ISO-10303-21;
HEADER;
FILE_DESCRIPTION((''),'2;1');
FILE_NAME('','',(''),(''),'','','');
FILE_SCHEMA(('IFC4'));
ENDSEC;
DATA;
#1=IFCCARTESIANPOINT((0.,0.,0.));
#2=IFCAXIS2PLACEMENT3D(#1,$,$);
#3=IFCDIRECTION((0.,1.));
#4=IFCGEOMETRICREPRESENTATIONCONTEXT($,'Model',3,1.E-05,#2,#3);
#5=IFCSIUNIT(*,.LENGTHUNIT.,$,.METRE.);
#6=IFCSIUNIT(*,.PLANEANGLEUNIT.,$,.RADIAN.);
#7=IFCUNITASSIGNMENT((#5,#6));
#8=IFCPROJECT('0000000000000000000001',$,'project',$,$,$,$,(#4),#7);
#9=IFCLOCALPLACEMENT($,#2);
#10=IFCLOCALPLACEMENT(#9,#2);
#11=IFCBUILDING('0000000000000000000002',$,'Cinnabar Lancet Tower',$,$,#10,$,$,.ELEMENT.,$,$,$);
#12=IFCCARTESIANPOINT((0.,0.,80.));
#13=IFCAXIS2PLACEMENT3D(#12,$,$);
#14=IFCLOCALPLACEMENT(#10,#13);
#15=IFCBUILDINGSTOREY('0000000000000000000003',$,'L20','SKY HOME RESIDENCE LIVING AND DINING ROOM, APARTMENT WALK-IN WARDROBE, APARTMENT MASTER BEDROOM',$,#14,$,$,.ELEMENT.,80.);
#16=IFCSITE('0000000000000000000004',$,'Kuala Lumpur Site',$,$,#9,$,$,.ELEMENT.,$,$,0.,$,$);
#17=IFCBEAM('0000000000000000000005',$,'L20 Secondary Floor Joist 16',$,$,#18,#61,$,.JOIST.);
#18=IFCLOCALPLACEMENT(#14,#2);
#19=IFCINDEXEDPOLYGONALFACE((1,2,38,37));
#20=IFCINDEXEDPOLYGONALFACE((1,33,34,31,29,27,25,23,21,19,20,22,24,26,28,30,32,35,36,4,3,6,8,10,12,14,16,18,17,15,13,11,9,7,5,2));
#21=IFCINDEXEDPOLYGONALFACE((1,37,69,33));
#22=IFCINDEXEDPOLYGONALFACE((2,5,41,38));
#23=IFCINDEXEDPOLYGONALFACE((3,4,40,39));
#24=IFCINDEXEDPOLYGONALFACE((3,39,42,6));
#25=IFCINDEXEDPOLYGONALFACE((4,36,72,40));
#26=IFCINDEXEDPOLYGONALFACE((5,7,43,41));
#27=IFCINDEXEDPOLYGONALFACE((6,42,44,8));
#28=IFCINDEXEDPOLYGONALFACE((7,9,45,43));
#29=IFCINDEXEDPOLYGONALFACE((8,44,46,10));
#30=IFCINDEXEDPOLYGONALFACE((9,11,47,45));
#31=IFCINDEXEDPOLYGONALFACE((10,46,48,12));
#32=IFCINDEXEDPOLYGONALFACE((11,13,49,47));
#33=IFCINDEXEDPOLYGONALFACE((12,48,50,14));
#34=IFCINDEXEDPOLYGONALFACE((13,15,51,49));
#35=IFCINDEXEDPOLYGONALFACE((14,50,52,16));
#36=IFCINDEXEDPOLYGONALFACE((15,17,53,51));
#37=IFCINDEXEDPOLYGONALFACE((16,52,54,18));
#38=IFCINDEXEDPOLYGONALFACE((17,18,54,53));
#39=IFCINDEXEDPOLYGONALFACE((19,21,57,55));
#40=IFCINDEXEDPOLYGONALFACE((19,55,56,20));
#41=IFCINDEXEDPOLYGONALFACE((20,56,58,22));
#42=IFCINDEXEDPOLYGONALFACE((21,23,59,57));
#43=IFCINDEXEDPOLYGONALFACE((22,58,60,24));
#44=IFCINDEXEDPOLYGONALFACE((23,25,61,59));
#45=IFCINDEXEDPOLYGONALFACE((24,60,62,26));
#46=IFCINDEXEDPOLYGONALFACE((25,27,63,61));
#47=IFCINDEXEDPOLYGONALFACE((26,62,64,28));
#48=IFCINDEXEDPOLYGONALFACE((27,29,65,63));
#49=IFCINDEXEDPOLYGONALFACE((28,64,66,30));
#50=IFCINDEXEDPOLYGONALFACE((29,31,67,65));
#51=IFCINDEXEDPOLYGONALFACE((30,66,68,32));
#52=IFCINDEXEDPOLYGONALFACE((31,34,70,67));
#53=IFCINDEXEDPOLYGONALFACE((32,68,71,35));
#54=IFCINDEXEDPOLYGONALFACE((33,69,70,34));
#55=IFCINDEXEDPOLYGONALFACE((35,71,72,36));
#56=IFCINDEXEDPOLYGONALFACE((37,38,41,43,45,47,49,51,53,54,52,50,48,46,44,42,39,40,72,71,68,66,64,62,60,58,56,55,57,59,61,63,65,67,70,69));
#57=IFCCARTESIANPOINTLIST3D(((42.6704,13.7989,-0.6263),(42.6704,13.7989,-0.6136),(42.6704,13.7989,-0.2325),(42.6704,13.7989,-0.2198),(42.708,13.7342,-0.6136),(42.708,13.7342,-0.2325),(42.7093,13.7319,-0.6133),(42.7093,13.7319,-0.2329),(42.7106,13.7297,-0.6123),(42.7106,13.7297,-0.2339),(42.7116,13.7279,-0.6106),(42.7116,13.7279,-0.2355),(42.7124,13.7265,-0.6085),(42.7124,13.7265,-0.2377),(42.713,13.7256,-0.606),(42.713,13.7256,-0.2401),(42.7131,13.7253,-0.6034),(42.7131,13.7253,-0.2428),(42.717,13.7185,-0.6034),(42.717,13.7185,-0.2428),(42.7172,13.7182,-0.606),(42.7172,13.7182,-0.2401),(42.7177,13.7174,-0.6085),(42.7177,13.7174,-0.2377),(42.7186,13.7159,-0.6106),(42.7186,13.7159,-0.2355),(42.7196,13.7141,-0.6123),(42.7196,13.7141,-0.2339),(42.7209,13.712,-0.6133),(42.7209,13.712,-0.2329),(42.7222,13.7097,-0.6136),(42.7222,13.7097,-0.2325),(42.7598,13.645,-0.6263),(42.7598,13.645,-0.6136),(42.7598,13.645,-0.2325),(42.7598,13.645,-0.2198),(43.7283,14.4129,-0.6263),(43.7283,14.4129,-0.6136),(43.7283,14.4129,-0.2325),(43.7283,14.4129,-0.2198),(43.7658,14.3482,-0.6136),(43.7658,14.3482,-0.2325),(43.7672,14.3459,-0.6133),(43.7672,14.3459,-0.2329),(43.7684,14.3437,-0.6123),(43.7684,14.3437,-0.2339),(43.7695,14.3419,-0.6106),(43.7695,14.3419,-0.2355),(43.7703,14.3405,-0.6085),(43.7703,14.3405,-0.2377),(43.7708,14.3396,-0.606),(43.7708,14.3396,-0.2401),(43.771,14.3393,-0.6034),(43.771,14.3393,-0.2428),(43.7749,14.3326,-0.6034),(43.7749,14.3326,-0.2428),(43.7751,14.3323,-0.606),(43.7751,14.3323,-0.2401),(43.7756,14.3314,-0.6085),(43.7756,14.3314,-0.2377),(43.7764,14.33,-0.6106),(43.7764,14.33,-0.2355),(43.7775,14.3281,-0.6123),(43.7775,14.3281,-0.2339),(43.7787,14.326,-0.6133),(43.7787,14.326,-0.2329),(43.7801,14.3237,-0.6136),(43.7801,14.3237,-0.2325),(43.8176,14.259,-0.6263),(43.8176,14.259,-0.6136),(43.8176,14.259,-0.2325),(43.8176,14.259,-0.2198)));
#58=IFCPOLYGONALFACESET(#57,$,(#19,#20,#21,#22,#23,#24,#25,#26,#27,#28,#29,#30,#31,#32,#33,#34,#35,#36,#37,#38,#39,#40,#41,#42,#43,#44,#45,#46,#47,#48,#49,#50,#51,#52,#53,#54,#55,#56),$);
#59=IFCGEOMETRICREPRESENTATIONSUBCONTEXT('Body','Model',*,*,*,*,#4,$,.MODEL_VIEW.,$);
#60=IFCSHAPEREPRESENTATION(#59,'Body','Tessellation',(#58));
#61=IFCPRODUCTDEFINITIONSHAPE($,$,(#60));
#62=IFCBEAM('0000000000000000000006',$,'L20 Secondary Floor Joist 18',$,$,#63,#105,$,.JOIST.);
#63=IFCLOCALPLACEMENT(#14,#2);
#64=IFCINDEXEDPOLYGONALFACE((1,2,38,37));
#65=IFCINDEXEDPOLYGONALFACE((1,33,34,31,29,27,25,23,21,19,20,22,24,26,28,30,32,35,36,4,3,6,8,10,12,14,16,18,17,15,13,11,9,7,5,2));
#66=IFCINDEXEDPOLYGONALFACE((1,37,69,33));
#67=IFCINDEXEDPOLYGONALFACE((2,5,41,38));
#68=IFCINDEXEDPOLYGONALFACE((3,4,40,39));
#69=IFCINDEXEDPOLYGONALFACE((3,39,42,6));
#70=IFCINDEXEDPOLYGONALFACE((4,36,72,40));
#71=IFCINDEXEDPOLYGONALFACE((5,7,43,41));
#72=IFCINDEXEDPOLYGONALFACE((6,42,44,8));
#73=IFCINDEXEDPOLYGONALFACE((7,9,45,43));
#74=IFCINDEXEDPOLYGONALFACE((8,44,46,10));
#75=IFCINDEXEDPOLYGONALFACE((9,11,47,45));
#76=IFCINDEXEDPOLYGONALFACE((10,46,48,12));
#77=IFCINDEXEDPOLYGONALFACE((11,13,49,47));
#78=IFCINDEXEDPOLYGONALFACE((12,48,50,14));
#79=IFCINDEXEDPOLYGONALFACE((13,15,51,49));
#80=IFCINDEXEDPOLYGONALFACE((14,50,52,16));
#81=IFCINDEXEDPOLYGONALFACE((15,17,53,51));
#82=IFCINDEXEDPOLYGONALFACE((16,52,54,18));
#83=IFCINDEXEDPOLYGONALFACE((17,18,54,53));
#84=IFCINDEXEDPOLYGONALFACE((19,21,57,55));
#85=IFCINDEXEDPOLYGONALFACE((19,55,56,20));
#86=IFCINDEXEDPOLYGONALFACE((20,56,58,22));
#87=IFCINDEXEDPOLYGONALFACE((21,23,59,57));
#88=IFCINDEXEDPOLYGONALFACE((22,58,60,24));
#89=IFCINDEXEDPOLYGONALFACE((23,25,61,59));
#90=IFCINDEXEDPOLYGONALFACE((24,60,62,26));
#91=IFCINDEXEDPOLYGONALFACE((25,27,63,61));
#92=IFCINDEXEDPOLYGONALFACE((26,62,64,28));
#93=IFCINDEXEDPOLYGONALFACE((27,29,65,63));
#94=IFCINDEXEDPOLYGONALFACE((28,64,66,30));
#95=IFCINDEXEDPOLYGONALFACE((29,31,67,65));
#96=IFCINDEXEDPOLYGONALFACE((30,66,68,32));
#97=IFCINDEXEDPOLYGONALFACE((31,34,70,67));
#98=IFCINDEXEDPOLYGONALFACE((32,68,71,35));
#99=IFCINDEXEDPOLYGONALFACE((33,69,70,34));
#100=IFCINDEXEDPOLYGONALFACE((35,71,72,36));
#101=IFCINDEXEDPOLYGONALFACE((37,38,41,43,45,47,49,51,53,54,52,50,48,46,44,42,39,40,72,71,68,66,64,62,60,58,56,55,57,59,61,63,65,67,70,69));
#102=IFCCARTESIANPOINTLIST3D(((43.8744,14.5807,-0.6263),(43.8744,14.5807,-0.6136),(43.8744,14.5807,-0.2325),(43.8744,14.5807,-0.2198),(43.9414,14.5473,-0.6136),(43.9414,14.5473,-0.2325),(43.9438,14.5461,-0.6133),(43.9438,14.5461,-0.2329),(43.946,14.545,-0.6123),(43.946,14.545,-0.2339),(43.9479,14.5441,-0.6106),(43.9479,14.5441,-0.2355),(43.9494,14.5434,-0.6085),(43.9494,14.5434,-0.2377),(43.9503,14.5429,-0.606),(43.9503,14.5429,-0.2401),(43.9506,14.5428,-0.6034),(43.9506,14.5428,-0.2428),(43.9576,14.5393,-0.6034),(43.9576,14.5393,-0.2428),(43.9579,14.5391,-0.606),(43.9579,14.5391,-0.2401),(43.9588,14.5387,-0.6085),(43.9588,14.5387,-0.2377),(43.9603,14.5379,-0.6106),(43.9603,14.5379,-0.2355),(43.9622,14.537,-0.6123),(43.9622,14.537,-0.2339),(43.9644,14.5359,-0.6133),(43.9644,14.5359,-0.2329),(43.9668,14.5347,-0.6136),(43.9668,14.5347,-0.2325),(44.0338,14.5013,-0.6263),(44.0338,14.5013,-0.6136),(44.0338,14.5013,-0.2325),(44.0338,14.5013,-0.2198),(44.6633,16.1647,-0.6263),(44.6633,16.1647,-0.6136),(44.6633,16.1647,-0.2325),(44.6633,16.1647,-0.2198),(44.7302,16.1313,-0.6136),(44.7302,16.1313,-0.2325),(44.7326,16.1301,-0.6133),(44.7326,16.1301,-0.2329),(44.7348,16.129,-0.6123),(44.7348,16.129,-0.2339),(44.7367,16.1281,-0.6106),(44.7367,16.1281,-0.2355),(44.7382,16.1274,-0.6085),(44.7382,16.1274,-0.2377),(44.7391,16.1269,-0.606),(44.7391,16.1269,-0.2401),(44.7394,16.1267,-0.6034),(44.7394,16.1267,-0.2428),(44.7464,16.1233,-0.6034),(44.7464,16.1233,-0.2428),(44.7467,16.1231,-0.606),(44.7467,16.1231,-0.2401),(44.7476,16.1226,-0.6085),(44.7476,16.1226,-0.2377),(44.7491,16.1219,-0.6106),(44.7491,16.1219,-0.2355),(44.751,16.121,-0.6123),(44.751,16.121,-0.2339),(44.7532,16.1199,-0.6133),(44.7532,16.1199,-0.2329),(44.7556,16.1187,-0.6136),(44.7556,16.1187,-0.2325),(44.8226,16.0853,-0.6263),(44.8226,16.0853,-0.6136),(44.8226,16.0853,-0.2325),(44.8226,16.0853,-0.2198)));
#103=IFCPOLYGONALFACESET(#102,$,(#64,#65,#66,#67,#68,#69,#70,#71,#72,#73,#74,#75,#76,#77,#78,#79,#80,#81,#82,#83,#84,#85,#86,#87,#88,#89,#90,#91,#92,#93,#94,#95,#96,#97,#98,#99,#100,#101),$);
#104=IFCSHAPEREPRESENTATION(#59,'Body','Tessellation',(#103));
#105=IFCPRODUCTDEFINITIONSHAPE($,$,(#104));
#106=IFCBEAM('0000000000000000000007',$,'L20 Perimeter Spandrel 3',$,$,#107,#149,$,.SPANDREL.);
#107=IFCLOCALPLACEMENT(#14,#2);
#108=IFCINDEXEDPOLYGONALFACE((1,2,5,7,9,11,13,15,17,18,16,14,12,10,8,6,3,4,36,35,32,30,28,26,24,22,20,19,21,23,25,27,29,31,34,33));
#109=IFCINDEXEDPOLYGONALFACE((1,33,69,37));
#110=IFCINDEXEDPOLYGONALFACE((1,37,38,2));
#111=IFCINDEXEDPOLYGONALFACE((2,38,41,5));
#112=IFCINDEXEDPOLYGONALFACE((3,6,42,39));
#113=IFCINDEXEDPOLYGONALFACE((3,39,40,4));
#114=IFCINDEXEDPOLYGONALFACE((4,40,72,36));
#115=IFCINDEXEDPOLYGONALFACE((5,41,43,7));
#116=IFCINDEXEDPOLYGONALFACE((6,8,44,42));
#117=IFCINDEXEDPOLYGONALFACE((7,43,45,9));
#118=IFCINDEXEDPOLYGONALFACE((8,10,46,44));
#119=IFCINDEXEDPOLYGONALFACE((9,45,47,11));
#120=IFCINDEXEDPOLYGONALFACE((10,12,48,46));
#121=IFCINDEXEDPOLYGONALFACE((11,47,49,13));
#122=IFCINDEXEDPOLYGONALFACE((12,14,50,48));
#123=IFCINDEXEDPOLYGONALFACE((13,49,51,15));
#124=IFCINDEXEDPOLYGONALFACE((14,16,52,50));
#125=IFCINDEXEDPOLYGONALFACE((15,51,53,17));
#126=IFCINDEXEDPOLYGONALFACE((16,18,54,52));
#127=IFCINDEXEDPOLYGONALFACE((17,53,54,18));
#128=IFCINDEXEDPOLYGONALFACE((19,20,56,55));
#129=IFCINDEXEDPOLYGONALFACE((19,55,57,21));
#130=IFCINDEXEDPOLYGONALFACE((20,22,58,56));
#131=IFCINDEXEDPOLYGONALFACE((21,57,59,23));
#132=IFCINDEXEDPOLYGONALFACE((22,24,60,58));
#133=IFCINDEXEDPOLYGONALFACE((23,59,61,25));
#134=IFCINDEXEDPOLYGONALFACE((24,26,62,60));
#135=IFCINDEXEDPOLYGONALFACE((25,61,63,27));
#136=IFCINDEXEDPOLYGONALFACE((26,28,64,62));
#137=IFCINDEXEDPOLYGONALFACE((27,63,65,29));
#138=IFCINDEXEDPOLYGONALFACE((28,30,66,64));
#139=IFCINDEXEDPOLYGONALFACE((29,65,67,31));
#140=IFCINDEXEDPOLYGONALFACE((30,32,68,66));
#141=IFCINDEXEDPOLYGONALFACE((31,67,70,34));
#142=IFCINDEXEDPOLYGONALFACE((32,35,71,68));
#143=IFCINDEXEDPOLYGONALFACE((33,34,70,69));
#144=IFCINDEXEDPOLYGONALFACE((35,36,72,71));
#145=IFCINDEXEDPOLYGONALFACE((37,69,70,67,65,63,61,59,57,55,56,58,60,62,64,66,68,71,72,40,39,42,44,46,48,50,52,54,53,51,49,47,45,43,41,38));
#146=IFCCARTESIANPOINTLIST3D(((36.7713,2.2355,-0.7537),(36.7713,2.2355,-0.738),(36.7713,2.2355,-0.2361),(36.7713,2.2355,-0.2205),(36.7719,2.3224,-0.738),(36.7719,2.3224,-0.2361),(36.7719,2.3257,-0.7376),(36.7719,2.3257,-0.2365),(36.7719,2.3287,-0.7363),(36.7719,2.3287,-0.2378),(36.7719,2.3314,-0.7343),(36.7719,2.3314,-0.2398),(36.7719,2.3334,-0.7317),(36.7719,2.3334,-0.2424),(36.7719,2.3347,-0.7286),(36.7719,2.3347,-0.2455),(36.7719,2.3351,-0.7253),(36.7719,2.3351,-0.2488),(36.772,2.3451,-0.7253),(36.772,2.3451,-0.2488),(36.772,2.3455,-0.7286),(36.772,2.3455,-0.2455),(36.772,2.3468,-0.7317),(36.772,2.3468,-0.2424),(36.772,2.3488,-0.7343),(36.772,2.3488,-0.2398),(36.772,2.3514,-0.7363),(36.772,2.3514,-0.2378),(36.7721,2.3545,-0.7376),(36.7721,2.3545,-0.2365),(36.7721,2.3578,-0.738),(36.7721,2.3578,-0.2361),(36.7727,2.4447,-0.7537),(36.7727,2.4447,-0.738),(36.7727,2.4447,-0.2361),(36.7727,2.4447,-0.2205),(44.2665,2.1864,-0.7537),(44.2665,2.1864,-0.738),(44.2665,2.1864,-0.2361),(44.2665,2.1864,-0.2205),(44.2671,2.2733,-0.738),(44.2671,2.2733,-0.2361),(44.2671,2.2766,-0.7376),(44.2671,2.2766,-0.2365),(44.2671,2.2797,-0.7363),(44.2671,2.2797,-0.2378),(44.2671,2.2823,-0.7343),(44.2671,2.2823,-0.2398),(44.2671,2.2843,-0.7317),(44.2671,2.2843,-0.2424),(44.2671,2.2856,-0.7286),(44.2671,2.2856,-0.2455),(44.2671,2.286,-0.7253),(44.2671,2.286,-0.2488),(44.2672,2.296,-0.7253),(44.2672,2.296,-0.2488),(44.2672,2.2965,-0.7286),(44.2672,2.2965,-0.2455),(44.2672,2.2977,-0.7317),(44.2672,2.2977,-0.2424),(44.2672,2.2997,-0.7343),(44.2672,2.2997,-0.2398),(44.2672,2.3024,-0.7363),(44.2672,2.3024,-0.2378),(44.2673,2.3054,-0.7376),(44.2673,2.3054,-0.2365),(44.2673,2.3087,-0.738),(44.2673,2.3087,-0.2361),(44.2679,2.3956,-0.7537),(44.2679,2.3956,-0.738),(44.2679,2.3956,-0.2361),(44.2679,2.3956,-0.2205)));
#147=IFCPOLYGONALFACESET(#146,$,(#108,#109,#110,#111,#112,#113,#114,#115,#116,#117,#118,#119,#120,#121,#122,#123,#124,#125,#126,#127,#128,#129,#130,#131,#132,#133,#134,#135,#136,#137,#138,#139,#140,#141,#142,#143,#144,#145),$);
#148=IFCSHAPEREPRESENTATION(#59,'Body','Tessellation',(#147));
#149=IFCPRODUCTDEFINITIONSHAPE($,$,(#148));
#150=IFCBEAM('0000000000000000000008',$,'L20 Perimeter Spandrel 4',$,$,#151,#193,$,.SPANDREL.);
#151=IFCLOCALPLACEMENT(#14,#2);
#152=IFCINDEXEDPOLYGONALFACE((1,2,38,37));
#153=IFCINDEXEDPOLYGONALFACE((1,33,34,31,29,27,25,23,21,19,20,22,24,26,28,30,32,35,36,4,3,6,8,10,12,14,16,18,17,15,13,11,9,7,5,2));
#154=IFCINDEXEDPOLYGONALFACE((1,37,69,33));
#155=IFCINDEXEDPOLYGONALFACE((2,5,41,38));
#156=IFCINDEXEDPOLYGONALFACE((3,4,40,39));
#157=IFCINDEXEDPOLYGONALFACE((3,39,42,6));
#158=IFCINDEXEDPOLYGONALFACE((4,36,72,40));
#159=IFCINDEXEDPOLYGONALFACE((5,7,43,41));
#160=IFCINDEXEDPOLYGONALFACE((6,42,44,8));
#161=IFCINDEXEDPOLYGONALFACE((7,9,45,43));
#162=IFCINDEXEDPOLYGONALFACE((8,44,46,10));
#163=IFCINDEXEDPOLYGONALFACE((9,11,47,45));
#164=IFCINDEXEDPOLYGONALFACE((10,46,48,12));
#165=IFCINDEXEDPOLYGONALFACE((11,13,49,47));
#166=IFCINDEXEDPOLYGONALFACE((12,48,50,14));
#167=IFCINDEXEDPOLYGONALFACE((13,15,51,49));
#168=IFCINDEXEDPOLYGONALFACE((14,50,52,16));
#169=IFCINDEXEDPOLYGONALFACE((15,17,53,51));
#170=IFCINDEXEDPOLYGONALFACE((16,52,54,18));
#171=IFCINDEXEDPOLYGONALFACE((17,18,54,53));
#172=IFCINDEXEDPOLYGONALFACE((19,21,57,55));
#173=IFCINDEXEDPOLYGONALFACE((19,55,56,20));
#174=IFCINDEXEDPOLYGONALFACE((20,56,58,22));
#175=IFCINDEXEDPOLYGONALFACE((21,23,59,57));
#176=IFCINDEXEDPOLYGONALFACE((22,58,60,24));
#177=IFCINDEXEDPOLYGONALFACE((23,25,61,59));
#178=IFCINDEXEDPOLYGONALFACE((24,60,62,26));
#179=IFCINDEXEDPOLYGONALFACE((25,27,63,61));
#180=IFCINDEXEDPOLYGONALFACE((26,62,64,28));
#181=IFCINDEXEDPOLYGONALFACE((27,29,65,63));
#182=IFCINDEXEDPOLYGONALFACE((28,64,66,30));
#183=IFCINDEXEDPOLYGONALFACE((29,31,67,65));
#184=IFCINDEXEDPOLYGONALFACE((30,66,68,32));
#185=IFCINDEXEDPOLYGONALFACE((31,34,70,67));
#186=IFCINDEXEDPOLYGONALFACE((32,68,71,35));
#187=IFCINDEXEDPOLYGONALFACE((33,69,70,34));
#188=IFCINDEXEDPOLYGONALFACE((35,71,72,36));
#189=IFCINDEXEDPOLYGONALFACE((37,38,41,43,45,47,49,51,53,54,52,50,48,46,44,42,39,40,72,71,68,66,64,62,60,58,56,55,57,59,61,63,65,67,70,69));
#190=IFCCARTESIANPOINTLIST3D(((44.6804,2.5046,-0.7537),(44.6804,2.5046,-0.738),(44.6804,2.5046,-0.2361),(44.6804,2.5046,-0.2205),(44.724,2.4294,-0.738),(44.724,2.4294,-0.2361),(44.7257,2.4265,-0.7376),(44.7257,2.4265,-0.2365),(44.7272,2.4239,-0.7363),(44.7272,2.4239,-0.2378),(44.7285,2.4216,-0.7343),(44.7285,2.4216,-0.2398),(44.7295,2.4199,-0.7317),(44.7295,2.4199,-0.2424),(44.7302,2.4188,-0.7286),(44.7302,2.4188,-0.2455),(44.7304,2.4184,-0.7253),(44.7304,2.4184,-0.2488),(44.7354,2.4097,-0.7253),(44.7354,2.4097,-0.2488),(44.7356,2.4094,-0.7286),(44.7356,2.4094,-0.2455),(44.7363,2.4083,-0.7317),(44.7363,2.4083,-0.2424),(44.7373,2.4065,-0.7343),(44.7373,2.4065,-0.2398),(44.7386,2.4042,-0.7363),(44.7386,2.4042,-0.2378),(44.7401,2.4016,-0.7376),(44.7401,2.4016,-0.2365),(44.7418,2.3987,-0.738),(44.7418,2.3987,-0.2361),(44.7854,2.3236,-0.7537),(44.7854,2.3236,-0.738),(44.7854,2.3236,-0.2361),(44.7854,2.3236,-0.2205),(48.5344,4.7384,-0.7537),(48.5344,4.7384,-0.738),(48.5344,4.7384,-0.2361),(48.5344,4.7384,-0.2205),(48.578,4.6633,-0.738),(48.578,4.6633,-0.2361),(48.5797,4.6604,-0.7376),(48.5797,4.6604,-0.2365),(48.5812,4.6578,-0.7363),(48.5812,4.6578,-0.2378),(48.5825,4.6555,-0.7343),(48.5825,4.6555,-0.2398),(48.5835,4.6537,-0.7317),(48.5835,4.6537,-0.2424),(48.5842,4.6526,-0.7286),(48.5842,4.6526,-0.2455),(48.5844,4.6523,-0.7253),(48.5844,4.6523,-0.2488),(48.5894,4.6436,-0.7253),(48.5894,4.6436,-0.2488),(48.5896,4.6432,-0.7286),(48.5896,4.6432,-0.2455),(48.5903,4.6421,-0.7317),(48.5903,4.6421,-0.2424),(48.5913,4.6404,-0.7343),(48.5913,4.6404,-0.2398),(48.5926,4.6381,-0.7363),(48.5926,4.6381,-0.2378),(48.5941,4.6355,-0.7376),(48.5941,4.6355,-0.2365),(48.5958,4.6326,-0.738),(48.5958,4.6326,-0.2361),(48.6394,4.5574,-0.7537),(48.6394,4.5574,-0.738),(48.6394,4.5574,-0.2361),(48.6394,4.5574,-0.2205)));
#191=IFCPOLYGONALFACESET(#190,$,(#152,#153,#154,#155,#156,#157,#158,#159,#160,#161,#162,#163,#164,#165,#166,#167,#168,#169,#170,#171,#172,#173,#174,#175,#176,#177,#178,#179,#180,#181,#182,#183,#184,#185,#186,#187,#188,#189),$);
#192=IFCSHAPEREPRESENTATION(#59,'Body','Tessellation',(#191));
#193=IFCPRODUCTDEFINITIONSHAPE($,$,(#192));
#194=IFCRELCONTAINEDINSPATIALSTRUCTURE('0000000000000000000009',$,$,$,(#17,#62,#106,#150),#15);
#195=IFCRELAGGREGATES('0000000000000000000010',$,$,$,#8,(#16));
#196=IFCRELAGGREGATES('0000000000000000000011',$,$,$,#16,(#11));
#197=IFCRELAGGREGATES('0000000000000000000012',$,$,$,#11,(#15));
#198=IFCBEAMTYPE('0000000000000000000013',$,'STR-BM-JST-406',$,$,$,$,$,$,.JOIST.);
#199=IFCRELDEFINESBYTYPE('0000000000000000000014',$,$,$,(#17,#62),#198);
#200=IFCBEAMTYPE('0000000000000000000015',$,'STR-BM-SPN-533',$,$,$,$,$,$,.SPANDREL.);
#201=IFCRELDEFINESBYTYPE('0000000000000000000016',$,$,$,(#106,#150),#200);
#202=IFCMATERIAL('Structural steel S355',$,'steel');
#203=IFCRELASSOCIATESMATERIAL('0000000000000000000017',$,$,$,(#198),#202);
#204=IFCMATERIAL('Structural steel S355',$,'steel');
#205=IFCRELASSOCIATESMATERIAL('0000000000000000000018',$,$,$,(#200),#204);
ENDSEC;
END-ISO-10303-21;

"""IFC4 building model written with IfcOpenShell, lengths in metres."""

from ifc_helpers import new_model, si_unit, direction, frame, origin, origin_2d, place, context, subcontext, project, spatial, i_section, extrude, material, material_profile, profile_set, type_object, element, save


model = new_model("IFC4")

# Units and contexts
model_context = context("Model", 3, precision=1e-05, world=origin(), true_north=direction((0.0, 1.0)))
body_context = subcontext(model_context, "Body", "Model", "MODEL_VIEW")
ifc_project = project(units=[si_unit("LENGTHUNIT", "METRE"), si_unit("PLANEANGLEUNIT", "RADIAN")], contexts=[model_context])

# Site, building, storey
site_placement = place(None, origin())
site = spatial("IfcSite", under=ifc_project, at=site_placement, Name="Kuala Lumpur Site", CompositionType="ELEMENT", RefElevation=0.0)
building_placement = place(site_placement, origin())
building = spatial("IfcBuilding", under=site, at=building_placement, Name="Cinnabar Lancet Tower", CompositionType="ELEMENT")
storey_placement = place(building_placement, frame((0.0, 0.0, 80.0)))
storey = spatial("IfcBuildingStorey", under=building, at=storey_placement, Name="L20", Description="SKY HOME RESIDENCE LIVING AND DINING ROOM, APARTMENT WALK-IN WARDROBE, APARTMENT MASTER BEDROOM", CompositionType="ELEMENT", Elevation=80.0)

# Beams
ifc_material_1 = material(Name="Structural steel S355", Category="steel")
ifc_material_profile_1 = material_profile(ifc_material_1, i_section(OverallWidth=0.178, OverallDepth=0.4065, WebThickness=0.0078, FlangeThickness=0.0127, FilletRadius=0.0103, at=origin_2d()), Name="UKB 406x178x60")
ifc_profile_set_1 = profile_set([ifc_material_profile_1], Name="Structural steel S355")
beam_type_1 = type_object("IfcBeamType", Name="STR-BM-JST-406", PredefinedType="JOIST", material=ifc_profile_set_1)
beam_1_placement = place(storey_placement, frame((42.7151, 13.7219, -0.4231), z_axis=(0.86487, 0.501996, 0.0), x_axis=(-0.501996, 0.86487, 0.0)))
element("IfcBeam", 1, at=beam_1_placement, inside=storey, type_object=beam_type_1, Name="L20 Secondary Floor Joist 16", PredefinedType="JOIST", context=body_context, shape_type="SweptSolid", body=[
    extrude(i_section(OverallWidth=0.178, OverallDepth=0.4065, WebThickness=0.0078, FlangeThickness=0.0127, FilletRadius=0.0103, at=origin_2d()), origin(), (0.0, 0.0, 1.0), 1.2231),
])
beam_2_placement = place(storey_placement, frame((43.9541, 14.541, -0.4231), z_axis=(0.445778, 0.895143, 0.0), x_axis=(-0.895143, 0.445778, 0.0)))
element("IfcBeam", 2, at=beam_2_placement, inside=storey, type_object=beam_type_1, Name="L20 Secondary Floor Joist 18", PredefinedType="JOIST", context=body_context, shape_type="SweptSolid", body=[
    extrude(i_section(OverallWidth=0.178, OverallDepth=0.4065, WebThickness=0.0078, FlangeThickness=0.0127, FilletRadius=0.0103, at=origin_2d()), origin(), (0.0, 0.0, 1.0), 1.7695),
])
ifc_material_2 = material(Name="Structural steel S355", Category="steel")
ifc_material_profile_2 = material_profile(ifc_material_2, i_section(OverallWidth=0.2092, OverallDepth=0.5332, WebThickness=0.01, FlangeThickness=0.0156, FilletRadius=0.0127, at=origin_2d()), Name="UKB 533x210x92")
ifc_profile_set_2 = profile_set([ifc_material_profile_2], Name="Structural steel S355")
beam_type_2 = type_object("IfcBeamType", Name="STR-BM-SPN-533", PredefinedType="SPANDREL", material=ifc_profile_set_2)
beam_3_placement = place(storey_placement, frame((36.772, 2.3401, -0.4871), z_axis=(0.999979, -0.006547, 0.0), x_axis=(0.006547, 0.999979, 0.0)))
element("IfcBeam", 3, at=beam_3_placement, inside=storey, type_object=beam_type_2, Name="L20 Perimeter Spandrel 3", PredefinedType="SPANDREL", context=body_context, shape_type="SweptSolid", body=[
    extrude(i_section(OverallWidth=0.2092, OverallDepth=0.5332, WebThickness=0.01, FlangeThickness=0.0156, FilletRadius=0.0127, at=origin_2d()), origin(), (0.0, 0.0, 1.0), 7.4954),
])
beam_4_placement = place(storey_placement, frame((44.7329, 2.4141, -0.4871), z_axis=(0.865171, 0.501477, 0.0), x_axis=(-0.501477, 0.865171, 0.0)))
element("IfcBeam", 4, at=beam_4_placement, inside=storey, type_object=beam_type_2, Name="L20 Perimeter Spandrel 4", PredefinedType="SPANDREL", context=body_context, shape_type="SweptSolid", body=[
    extrude(i_section(OverallWidth=0.2092, OverallDepth=0.5332, WebThickness=0.01, FlangeThickness=0.0156, FilletRadius=0.0127, at=origin_2d()), origin(), (0.0, 0.0, 1.0), 4.4546),
])

save(model, "model.ifc")
